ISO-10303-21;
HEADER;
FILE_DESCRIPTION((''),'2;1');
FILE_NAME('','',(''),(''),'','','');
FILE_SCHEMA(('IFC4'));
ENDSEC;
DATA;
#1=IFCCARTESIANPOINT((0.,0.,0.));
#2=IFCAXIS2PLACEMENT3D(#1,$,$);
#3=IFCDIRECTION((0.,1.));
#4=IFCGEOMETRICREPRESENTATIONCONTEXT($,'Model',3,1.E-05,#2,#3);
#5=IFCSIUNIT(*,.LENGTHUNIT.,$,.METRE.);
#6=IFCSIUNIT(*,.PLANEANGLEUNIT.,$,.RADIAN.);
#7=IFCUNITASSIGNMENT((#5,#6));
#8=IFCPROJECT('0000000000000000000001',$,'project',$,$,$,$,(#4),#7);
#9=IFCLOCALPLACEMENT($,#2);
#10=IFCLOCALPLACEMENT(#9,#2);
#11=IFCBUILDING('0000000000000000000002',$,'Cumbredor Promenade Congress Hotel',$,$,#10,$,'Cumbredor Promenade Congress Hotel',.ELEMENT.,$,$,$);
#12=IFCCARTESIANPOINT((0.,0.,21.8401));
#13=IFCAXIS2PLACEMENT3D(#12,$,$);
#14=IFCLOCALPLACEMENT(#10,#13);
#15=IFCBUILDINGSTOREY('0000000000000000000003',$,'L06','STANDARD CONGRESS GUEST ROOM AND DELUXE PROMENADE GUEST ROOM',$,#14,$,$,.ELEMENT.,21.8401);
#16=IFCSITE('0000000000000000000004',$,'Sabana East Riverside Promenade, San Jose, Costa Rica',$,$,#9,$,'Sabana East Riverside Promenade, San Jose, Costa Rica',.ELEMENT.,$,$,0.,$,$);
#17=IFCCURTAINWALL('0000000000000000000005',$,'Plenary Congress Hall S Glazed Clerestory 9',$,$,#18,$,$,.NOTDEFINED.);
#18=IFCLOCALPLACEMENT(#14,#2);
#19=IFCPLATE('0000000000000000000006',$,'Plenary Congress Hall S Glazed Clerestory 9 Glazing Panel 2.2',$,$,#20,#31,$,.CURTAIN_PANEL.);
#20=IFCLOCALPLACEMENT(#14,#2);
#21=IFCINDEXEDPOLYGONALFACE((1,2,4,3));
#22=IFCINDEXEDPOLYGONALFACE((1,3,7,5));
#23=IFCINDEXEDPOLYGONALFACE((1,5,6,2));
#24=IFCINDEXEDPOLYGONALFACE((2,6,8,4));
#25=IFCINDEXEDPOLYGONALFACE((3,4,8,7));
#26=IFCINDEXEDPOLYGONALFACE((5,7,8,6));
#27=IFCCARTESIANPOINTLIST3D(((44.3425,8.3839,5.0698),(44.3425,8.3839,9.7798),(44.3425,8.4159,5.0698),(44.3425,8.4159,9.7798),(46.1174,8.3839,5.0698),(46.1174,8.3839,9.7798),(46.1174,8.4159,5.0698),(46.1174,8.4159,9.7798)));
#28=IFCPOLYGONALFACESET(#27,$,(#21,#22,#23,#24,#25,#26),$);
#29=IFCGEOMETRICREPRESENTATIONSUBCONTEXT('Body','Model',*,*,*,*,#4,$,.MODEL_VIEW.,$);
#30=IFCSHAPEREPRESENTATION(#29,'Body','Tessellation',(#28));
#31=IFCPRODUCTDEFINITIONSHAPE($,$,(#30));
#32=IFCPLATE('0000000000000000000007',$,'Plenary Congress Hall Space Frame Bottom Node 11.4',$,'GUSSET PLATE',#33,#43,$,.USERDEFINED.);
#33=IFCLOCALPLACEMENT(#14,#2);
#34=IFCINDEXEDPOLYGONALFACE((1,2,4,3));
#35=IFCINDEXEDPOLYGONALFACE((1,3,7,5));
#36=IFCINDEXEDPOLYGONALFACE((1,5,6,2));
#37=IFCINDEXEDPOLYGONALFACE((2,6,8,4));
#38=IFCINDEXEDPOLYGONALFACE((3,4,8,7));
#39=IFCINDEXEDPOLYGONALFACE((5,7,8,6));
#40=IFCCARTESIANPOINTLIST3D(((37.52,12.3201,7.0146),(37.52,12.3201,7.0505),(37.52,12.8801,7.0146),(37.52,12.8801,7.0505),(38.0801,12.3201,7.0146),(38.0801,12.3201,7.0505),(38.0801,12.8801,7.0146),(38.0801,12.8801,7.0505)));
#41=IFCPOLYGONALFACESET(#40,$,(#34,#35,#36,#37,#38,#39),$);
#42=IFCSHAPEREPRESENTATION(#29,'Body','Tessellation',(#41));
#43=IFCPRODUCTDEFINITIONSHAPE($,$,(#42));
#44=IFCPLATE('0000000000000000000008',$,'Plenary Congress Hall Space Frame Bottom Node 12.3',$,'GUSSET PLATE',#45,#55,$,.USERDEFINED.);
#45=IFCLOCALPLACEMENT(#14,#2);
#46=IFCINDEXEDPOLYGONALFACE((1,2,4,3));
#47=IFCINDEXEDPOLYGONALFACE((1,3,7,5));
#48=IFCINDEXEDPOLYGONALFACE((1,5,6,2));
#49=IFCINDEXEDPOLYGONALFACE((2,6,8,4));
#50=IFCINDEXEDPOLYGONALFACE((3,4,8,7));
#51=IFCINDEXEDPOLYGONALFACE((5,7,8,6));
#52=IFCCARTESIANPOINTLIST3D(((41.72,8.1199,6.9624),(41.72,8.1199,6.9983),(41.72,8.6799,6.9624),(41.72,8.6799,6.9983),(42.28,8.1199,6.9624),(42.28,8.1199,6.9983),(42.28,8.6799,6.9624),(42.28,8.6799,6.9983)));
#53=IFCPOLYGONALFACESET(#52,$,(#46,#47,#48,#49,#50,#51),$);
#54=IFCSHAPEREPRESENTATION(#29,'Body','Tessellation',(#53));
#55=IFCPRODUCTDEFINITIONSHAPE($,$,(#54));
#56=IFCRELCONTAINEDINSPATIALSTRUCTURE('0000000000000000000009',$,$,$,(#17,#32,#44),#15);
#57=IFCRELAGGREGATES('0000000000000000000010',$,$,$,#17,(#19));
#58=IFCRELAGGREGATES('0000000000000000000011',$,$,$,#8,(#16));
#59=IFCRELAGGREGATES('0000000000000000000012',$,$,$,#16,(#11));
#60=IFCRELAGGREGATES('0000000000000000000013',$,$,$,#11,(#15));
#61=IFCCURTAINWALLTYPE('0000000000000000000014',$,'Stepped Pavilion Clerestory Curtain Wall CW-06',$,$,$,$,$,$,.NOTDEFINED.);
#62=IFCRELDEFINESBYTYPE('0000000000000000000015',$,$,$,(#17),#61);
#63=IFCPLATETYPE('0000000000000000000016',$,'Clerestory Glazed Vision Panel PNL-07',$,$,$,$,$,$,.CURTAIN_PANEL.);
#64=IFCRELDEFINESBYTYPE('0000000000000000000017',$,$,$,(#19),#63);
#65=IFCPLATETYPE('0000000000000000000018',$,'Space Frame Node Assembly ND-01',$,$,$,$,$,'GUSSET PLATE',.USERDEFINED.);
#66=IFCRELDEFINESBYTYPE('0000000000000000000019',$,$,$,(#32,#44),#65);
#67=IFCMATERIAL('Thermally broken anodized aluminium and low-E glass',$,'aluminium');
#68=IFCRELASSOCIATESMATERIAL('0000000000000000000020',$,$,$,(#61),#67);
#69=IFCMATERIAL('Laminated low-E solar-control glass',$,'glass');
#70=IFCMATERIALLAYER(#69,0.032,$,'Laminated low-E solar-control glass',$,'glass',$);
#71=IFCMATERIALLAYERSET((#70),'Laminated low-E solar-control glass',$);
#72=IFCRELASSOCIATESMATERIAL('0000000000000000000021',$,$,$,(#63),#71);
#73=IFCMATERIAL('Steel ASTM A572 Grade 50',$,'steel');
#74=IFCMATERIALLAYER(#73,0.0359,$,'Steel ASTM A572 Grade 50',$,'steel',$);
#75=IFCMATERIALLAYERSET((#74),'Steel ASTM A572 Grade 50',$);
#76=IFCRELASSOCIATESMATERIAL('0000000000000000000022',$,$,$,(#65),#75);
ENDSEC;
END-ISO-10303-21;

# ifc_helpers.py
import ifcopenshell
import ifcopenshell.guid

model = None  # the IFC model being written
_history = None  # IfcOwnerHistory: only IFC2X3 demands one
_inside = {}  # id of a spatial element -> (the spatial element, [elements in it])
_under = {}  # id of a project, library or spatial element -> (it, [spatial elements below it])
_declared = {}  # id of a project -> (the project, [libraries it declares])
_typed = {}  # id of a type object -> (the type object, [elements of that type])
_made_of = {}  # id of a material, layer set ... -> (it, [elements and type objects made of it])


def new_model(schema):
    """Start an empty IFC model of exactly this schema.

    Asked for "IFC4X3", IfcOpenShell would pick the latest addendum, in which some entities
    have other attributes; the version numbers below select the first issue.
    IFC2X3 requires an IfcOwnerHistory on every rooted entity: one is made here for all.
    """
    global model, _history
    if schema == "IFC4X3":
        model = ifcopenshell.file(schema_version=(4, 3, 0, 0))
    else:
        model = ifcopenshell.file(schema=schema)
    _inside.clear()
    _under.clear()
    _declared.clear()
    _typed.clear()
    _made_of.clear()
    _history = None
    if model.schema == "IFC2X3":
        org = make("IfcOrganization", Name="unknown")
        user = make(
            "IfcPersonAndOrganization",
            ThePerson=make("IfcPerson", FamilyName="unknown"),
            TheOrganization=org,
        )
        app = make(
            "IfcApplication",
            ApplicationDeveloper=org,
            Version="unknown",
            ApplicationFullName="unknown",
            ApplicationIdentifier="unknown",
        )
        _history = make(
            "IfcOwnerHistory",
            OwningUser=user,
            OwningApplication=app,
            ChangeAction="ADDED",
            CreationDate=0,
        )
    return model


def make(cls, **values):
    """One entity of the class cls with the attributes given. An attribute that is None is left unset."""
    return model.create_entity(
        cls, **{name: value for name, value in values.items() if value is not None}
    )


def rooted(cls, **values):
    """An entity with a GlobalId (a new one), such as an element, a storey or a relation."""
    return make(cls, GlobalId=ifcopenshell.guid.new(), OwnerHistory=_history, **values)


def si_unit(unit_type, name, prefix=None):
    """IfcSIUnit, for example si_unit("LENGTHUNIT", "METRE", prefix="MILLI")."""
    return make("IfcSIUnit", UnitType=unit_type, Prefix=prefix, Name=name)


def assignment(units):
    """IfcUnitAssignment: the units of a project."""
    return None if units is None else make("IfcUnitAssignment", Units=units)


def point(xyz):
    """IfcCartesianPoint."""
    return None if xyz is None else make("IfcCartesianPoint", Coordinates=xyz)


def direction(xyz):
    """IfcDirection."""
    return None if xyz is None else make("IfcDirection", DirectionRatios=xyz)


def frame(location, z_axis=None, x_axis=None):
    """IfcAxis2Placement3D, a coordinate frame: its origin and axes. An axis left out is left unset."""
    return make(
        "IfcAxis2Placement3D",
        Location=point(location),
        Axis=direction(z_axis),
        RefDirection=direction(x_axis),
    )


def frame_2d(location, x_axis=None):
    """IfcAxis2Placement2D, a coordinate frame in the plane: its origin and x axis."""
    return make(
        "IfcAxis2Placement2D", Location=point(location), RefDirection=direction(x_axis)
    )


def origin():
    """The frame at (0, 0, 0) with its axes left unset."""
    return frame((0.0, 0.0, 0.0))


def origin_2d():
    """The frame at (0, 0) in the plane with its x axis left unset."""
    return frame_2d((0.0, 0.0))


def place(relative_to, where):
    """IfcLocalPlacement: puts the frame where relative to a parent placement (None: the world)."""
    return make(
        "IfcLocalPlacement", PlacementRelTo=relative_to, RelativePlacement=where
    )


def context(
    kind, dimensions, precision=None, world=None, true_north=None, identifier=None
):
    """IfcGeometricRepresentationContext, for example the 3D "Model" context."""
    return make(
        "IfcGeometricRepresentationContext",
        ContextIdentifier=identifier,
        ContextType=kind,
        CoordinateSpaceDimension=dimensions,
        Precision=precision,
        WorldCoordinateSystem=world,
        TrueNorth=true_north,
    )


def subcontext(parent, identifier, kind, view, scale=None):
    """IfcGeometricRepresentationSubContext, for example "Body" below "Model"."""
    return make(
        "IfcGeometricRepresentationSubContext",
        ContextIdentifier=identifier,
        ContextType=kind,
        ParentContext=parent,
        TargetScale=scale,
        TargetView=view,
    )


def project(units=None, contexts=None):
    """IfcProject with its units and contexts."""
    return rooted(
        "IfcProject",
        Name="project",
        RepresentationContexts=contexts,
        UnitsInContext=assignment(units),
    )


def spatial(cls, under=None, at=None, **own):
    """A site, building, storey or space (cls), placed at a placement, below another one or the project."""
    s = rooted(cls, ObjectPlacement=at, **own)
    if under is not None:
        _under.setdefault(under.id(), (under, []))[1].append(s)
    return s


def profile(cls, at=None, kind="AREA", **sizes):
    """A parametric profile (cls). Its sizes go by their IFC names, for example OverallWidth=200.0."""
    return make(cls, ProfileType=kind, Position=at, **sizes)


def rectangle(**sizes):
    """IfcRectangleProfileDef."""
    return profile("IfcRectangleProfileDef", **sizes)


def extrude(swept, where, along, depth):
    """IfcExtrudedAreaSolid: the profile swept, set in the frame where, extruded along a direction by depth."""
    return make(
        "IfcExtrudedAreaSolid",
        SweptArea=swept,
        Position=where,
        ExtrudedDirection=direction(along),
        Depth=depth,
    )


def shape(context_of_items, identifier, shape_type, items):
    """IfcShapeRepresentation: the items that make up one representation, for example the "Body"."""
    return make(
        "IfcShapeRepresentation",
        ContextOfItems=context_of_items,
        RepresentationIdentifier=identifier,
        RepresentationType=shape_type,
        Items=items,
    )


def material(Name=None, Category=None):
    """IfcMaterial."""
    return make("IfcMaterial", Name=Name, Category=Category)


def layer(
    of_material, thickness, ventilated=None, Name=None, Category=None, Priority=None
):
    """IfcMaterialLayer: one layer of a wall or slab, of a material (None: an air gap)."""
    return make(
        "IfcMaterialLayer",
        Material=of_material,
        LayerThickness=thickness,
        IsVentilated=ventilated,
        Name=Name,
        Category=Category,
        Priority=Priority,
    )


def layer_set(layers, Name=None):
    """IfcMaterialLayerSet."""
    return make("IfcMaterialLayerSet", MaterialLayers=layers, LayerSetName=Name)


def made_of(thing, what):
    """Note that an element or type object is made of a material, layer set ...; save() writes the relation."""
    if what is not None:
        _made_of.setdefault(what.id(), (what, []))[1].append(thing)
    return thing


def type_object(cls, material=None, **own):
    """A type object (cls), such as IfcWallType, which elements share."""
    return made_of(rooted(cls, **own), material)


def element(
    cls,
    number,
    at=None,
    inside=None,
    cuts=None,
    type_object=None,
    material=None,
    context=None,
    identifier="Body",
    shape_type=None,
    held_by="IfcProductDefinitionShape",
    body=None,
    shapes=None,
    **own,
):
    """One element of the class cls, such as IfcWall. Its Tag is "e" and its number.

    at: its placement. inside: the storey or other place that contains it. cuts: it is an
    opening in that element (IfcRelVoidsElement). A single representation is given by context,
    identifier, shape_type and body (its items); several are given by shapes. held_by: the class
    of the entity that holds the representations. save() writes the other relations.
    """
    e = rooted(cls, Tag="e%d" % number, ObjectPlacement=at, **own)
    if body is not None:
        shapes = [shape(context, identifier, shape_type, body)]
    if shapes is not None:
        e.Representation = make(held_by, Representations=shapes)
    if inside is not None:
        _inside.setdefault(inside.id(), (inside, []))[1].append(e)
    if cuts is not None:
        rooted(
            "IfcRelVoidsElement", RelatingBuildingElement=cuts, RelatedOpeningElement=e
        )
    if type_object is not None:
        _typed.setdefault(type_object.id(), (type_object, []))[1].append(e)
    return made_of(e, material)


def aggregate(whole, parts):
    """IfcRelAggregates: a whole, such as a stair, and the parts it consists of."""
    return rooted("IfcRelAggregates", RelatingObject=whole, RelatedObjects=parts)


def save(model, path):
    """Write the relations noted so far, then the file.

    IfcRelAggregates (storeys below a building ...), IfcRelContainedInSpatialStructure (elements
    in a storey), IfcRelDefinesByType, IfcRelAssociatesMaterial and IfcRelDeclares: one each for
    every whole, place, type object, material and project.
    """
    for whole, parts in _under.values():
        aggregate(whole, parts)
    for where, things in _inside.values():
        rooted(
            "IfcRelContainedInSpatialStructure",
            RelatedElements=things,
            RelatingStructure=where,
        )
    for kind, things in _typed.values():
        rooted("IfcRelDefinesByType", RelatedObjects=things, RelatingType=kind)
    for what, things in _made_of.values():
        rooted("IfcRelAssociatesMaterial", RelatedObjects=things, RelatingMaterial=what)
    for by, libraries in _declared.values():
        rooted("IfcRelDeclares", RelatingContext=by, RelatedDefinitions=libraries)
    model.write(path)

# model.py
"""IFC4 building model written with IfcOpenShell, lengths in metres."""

from ifc_helpers import new_model, si_unit, direction, frame, origin, origin_2d, place, context, subcontext, project, spatial, rectangle, extrude, material, layer, layer_set, type_object, element, aggregate, save


model = new_model("IFC4")

# Units and contexts
model_context = context("Model", 3, precision=1e-05, world=origin(), true_north=direction((0.0, 1.0)))
body_context = subcontext(model_context, "Body", "Model", "MODEL_VIEW")
ifc_project = project(units=[si_unit("LENGTHUNIT", "METRE"), si_unit("PLANEANGLEUNIT", "RADIAN")], contexts=[model_context])

# Site, building, storey
site_placement = place(None, origin())
site = spatial("IfcSite", under=ifc_project, at=site_placement, Name="Sabana East Riverside Promenade, San Jose, Costa Rica", LongName="Sabana East Riverside Promenade, San Jose, Costa Rica", CompositionType="ELEMENT", RefElevation=0.0)
building_placement = place(site_placement, origin())
building = spatial("IfcBuilding", under=site, at=building_placement, Name="Cumbredor Promenade Congress Hotel", LongName="Cumbredor Promenade Congress Hotel", CompositionType="ELEMENT")
storey_placement = place(building_placement, frame((0.0, 0.0, 21.8401)))
storey = spatial("IfcBuildingStorey", under=building, at=storey_placement, Name="L06", Description="STANDARD CONGRESS GUEST ROOM AND DELUXE PROMENADE GUEST ROOM", CompositionType="ELEMENT", Elevation=21.8401)

# Curtain wall
ifc_material_1 = material(Name="Thermally broken anodized aluminium and low-E glass", Category="aluminium")
curtain_wall_type = type_object("IfcCurtainWallType", Name="Stepped Pavilion Clerestory Curtain Wall CW-06", PredefinedType="NOTDEFINED", material=ifc_material_1)
curtain_wall_1_placement = place(storey_placement, origin())
curtain_wall_1 = element("IfcCurtainWall", 1, at=curtain_wall_1_placement, inside=storey, type_object=curtain_wall_type, Name="Plenary Congress Hall S Glazed Clerestory 9", PredefinedType="NOTDEFINED")

# Plate
ifc_material_2 = material(Name="Laminated low-E solar-control glass", Category="glass")
ifc_layer_1 = layer(ifc_material_2, 0.032, Name="Laminated low-E solar-control glass", Category="glass")
ifc_layer_set_1 = layer_set([ifc_layer_1], Name="Laminated low-E solar-control glass")
plate_type_1 = type_object("IfcPlateType", Name="Clerestory Glazed Vision Panel PNL-07", PredefinedType="CURTAIN_PANEL", material=ifc_layer_set_1)
plate_1_placement = place(storey_placement, frame((45.23, 8.3999, 5.0698), z_axis=(0.0, 0.0, 1.0), x_axis=(1.0, 0.0, 0.0)))
plate_1 = element("IfcPlate", 2, at=plate_1_placement, type_object=plate_type_1, Name="Plenary Congress Hall S Glazed Clerestory 9 Glazing Panel 2.2", PredefinedType="CURTAIN_PANEL", context=body_context, shape_type="SweptSolid", body=[
    extrude(rectangle(XDim=1.7749, YDim=0.032, at=origin_2d()), origin(), (0.0, 0.0, 1.0), 4.71),
])
aggregate(curtain_wall_1, [plate_1])

# Plates
ifc_material_3 = material(Name="Steel ASTM A572 Grade 50", Category="steel")
ifc_layer_2 = layer(ifc_material_3, 0.0359, Name="Steel ASTM A572 Grade 50", Category="steel")
ifc_layer_set_2 = layer_set([ifc_layer_2], Name="Steel ASTM A572 Grade 50")
plate_type_2 = type_object("IfcPlateType", Name="Space Frame Node Assembly ND-01", ElementType="GUSSET PLATE", PredefinedType="USERDEFINED", material=ifc_layer_set_2)
for number, where, z_axis, x_axis, name in (
    (3, (37.8, 12.6001, 7.0146), (0.0, 0.0, 1.0), (1.0, 0.0, 0.0), "Plenary Congress Hall Space Frame Bottom Node 11.4"),
    (4, (42.0, 8.3999, 6.9624), (0.0, 0.0, 1.0), (1.0, 0.0, 0.0), "Plenary Congress Hall Space Frame Bottom Node 12.3"),
):
    element("IfcPlate", number, at=place(storey_placement, frame(where, z_axis=z_axis, x_axis=x_axis)), inside=storey, type_object=plate_type_2, Name=name, ObjectType="GUSSET PLATE", PredefinedType="USERDEFINED", context=body_context, shape_type="SweptSolid", body=[
        extrude(rectangle(XDim=0.5601, YDim=0.5601, at=origin_2d()), origin(), (0.0, 0.0, 1.0), 0.0359),
    ])

save(model, "model.ifc")
